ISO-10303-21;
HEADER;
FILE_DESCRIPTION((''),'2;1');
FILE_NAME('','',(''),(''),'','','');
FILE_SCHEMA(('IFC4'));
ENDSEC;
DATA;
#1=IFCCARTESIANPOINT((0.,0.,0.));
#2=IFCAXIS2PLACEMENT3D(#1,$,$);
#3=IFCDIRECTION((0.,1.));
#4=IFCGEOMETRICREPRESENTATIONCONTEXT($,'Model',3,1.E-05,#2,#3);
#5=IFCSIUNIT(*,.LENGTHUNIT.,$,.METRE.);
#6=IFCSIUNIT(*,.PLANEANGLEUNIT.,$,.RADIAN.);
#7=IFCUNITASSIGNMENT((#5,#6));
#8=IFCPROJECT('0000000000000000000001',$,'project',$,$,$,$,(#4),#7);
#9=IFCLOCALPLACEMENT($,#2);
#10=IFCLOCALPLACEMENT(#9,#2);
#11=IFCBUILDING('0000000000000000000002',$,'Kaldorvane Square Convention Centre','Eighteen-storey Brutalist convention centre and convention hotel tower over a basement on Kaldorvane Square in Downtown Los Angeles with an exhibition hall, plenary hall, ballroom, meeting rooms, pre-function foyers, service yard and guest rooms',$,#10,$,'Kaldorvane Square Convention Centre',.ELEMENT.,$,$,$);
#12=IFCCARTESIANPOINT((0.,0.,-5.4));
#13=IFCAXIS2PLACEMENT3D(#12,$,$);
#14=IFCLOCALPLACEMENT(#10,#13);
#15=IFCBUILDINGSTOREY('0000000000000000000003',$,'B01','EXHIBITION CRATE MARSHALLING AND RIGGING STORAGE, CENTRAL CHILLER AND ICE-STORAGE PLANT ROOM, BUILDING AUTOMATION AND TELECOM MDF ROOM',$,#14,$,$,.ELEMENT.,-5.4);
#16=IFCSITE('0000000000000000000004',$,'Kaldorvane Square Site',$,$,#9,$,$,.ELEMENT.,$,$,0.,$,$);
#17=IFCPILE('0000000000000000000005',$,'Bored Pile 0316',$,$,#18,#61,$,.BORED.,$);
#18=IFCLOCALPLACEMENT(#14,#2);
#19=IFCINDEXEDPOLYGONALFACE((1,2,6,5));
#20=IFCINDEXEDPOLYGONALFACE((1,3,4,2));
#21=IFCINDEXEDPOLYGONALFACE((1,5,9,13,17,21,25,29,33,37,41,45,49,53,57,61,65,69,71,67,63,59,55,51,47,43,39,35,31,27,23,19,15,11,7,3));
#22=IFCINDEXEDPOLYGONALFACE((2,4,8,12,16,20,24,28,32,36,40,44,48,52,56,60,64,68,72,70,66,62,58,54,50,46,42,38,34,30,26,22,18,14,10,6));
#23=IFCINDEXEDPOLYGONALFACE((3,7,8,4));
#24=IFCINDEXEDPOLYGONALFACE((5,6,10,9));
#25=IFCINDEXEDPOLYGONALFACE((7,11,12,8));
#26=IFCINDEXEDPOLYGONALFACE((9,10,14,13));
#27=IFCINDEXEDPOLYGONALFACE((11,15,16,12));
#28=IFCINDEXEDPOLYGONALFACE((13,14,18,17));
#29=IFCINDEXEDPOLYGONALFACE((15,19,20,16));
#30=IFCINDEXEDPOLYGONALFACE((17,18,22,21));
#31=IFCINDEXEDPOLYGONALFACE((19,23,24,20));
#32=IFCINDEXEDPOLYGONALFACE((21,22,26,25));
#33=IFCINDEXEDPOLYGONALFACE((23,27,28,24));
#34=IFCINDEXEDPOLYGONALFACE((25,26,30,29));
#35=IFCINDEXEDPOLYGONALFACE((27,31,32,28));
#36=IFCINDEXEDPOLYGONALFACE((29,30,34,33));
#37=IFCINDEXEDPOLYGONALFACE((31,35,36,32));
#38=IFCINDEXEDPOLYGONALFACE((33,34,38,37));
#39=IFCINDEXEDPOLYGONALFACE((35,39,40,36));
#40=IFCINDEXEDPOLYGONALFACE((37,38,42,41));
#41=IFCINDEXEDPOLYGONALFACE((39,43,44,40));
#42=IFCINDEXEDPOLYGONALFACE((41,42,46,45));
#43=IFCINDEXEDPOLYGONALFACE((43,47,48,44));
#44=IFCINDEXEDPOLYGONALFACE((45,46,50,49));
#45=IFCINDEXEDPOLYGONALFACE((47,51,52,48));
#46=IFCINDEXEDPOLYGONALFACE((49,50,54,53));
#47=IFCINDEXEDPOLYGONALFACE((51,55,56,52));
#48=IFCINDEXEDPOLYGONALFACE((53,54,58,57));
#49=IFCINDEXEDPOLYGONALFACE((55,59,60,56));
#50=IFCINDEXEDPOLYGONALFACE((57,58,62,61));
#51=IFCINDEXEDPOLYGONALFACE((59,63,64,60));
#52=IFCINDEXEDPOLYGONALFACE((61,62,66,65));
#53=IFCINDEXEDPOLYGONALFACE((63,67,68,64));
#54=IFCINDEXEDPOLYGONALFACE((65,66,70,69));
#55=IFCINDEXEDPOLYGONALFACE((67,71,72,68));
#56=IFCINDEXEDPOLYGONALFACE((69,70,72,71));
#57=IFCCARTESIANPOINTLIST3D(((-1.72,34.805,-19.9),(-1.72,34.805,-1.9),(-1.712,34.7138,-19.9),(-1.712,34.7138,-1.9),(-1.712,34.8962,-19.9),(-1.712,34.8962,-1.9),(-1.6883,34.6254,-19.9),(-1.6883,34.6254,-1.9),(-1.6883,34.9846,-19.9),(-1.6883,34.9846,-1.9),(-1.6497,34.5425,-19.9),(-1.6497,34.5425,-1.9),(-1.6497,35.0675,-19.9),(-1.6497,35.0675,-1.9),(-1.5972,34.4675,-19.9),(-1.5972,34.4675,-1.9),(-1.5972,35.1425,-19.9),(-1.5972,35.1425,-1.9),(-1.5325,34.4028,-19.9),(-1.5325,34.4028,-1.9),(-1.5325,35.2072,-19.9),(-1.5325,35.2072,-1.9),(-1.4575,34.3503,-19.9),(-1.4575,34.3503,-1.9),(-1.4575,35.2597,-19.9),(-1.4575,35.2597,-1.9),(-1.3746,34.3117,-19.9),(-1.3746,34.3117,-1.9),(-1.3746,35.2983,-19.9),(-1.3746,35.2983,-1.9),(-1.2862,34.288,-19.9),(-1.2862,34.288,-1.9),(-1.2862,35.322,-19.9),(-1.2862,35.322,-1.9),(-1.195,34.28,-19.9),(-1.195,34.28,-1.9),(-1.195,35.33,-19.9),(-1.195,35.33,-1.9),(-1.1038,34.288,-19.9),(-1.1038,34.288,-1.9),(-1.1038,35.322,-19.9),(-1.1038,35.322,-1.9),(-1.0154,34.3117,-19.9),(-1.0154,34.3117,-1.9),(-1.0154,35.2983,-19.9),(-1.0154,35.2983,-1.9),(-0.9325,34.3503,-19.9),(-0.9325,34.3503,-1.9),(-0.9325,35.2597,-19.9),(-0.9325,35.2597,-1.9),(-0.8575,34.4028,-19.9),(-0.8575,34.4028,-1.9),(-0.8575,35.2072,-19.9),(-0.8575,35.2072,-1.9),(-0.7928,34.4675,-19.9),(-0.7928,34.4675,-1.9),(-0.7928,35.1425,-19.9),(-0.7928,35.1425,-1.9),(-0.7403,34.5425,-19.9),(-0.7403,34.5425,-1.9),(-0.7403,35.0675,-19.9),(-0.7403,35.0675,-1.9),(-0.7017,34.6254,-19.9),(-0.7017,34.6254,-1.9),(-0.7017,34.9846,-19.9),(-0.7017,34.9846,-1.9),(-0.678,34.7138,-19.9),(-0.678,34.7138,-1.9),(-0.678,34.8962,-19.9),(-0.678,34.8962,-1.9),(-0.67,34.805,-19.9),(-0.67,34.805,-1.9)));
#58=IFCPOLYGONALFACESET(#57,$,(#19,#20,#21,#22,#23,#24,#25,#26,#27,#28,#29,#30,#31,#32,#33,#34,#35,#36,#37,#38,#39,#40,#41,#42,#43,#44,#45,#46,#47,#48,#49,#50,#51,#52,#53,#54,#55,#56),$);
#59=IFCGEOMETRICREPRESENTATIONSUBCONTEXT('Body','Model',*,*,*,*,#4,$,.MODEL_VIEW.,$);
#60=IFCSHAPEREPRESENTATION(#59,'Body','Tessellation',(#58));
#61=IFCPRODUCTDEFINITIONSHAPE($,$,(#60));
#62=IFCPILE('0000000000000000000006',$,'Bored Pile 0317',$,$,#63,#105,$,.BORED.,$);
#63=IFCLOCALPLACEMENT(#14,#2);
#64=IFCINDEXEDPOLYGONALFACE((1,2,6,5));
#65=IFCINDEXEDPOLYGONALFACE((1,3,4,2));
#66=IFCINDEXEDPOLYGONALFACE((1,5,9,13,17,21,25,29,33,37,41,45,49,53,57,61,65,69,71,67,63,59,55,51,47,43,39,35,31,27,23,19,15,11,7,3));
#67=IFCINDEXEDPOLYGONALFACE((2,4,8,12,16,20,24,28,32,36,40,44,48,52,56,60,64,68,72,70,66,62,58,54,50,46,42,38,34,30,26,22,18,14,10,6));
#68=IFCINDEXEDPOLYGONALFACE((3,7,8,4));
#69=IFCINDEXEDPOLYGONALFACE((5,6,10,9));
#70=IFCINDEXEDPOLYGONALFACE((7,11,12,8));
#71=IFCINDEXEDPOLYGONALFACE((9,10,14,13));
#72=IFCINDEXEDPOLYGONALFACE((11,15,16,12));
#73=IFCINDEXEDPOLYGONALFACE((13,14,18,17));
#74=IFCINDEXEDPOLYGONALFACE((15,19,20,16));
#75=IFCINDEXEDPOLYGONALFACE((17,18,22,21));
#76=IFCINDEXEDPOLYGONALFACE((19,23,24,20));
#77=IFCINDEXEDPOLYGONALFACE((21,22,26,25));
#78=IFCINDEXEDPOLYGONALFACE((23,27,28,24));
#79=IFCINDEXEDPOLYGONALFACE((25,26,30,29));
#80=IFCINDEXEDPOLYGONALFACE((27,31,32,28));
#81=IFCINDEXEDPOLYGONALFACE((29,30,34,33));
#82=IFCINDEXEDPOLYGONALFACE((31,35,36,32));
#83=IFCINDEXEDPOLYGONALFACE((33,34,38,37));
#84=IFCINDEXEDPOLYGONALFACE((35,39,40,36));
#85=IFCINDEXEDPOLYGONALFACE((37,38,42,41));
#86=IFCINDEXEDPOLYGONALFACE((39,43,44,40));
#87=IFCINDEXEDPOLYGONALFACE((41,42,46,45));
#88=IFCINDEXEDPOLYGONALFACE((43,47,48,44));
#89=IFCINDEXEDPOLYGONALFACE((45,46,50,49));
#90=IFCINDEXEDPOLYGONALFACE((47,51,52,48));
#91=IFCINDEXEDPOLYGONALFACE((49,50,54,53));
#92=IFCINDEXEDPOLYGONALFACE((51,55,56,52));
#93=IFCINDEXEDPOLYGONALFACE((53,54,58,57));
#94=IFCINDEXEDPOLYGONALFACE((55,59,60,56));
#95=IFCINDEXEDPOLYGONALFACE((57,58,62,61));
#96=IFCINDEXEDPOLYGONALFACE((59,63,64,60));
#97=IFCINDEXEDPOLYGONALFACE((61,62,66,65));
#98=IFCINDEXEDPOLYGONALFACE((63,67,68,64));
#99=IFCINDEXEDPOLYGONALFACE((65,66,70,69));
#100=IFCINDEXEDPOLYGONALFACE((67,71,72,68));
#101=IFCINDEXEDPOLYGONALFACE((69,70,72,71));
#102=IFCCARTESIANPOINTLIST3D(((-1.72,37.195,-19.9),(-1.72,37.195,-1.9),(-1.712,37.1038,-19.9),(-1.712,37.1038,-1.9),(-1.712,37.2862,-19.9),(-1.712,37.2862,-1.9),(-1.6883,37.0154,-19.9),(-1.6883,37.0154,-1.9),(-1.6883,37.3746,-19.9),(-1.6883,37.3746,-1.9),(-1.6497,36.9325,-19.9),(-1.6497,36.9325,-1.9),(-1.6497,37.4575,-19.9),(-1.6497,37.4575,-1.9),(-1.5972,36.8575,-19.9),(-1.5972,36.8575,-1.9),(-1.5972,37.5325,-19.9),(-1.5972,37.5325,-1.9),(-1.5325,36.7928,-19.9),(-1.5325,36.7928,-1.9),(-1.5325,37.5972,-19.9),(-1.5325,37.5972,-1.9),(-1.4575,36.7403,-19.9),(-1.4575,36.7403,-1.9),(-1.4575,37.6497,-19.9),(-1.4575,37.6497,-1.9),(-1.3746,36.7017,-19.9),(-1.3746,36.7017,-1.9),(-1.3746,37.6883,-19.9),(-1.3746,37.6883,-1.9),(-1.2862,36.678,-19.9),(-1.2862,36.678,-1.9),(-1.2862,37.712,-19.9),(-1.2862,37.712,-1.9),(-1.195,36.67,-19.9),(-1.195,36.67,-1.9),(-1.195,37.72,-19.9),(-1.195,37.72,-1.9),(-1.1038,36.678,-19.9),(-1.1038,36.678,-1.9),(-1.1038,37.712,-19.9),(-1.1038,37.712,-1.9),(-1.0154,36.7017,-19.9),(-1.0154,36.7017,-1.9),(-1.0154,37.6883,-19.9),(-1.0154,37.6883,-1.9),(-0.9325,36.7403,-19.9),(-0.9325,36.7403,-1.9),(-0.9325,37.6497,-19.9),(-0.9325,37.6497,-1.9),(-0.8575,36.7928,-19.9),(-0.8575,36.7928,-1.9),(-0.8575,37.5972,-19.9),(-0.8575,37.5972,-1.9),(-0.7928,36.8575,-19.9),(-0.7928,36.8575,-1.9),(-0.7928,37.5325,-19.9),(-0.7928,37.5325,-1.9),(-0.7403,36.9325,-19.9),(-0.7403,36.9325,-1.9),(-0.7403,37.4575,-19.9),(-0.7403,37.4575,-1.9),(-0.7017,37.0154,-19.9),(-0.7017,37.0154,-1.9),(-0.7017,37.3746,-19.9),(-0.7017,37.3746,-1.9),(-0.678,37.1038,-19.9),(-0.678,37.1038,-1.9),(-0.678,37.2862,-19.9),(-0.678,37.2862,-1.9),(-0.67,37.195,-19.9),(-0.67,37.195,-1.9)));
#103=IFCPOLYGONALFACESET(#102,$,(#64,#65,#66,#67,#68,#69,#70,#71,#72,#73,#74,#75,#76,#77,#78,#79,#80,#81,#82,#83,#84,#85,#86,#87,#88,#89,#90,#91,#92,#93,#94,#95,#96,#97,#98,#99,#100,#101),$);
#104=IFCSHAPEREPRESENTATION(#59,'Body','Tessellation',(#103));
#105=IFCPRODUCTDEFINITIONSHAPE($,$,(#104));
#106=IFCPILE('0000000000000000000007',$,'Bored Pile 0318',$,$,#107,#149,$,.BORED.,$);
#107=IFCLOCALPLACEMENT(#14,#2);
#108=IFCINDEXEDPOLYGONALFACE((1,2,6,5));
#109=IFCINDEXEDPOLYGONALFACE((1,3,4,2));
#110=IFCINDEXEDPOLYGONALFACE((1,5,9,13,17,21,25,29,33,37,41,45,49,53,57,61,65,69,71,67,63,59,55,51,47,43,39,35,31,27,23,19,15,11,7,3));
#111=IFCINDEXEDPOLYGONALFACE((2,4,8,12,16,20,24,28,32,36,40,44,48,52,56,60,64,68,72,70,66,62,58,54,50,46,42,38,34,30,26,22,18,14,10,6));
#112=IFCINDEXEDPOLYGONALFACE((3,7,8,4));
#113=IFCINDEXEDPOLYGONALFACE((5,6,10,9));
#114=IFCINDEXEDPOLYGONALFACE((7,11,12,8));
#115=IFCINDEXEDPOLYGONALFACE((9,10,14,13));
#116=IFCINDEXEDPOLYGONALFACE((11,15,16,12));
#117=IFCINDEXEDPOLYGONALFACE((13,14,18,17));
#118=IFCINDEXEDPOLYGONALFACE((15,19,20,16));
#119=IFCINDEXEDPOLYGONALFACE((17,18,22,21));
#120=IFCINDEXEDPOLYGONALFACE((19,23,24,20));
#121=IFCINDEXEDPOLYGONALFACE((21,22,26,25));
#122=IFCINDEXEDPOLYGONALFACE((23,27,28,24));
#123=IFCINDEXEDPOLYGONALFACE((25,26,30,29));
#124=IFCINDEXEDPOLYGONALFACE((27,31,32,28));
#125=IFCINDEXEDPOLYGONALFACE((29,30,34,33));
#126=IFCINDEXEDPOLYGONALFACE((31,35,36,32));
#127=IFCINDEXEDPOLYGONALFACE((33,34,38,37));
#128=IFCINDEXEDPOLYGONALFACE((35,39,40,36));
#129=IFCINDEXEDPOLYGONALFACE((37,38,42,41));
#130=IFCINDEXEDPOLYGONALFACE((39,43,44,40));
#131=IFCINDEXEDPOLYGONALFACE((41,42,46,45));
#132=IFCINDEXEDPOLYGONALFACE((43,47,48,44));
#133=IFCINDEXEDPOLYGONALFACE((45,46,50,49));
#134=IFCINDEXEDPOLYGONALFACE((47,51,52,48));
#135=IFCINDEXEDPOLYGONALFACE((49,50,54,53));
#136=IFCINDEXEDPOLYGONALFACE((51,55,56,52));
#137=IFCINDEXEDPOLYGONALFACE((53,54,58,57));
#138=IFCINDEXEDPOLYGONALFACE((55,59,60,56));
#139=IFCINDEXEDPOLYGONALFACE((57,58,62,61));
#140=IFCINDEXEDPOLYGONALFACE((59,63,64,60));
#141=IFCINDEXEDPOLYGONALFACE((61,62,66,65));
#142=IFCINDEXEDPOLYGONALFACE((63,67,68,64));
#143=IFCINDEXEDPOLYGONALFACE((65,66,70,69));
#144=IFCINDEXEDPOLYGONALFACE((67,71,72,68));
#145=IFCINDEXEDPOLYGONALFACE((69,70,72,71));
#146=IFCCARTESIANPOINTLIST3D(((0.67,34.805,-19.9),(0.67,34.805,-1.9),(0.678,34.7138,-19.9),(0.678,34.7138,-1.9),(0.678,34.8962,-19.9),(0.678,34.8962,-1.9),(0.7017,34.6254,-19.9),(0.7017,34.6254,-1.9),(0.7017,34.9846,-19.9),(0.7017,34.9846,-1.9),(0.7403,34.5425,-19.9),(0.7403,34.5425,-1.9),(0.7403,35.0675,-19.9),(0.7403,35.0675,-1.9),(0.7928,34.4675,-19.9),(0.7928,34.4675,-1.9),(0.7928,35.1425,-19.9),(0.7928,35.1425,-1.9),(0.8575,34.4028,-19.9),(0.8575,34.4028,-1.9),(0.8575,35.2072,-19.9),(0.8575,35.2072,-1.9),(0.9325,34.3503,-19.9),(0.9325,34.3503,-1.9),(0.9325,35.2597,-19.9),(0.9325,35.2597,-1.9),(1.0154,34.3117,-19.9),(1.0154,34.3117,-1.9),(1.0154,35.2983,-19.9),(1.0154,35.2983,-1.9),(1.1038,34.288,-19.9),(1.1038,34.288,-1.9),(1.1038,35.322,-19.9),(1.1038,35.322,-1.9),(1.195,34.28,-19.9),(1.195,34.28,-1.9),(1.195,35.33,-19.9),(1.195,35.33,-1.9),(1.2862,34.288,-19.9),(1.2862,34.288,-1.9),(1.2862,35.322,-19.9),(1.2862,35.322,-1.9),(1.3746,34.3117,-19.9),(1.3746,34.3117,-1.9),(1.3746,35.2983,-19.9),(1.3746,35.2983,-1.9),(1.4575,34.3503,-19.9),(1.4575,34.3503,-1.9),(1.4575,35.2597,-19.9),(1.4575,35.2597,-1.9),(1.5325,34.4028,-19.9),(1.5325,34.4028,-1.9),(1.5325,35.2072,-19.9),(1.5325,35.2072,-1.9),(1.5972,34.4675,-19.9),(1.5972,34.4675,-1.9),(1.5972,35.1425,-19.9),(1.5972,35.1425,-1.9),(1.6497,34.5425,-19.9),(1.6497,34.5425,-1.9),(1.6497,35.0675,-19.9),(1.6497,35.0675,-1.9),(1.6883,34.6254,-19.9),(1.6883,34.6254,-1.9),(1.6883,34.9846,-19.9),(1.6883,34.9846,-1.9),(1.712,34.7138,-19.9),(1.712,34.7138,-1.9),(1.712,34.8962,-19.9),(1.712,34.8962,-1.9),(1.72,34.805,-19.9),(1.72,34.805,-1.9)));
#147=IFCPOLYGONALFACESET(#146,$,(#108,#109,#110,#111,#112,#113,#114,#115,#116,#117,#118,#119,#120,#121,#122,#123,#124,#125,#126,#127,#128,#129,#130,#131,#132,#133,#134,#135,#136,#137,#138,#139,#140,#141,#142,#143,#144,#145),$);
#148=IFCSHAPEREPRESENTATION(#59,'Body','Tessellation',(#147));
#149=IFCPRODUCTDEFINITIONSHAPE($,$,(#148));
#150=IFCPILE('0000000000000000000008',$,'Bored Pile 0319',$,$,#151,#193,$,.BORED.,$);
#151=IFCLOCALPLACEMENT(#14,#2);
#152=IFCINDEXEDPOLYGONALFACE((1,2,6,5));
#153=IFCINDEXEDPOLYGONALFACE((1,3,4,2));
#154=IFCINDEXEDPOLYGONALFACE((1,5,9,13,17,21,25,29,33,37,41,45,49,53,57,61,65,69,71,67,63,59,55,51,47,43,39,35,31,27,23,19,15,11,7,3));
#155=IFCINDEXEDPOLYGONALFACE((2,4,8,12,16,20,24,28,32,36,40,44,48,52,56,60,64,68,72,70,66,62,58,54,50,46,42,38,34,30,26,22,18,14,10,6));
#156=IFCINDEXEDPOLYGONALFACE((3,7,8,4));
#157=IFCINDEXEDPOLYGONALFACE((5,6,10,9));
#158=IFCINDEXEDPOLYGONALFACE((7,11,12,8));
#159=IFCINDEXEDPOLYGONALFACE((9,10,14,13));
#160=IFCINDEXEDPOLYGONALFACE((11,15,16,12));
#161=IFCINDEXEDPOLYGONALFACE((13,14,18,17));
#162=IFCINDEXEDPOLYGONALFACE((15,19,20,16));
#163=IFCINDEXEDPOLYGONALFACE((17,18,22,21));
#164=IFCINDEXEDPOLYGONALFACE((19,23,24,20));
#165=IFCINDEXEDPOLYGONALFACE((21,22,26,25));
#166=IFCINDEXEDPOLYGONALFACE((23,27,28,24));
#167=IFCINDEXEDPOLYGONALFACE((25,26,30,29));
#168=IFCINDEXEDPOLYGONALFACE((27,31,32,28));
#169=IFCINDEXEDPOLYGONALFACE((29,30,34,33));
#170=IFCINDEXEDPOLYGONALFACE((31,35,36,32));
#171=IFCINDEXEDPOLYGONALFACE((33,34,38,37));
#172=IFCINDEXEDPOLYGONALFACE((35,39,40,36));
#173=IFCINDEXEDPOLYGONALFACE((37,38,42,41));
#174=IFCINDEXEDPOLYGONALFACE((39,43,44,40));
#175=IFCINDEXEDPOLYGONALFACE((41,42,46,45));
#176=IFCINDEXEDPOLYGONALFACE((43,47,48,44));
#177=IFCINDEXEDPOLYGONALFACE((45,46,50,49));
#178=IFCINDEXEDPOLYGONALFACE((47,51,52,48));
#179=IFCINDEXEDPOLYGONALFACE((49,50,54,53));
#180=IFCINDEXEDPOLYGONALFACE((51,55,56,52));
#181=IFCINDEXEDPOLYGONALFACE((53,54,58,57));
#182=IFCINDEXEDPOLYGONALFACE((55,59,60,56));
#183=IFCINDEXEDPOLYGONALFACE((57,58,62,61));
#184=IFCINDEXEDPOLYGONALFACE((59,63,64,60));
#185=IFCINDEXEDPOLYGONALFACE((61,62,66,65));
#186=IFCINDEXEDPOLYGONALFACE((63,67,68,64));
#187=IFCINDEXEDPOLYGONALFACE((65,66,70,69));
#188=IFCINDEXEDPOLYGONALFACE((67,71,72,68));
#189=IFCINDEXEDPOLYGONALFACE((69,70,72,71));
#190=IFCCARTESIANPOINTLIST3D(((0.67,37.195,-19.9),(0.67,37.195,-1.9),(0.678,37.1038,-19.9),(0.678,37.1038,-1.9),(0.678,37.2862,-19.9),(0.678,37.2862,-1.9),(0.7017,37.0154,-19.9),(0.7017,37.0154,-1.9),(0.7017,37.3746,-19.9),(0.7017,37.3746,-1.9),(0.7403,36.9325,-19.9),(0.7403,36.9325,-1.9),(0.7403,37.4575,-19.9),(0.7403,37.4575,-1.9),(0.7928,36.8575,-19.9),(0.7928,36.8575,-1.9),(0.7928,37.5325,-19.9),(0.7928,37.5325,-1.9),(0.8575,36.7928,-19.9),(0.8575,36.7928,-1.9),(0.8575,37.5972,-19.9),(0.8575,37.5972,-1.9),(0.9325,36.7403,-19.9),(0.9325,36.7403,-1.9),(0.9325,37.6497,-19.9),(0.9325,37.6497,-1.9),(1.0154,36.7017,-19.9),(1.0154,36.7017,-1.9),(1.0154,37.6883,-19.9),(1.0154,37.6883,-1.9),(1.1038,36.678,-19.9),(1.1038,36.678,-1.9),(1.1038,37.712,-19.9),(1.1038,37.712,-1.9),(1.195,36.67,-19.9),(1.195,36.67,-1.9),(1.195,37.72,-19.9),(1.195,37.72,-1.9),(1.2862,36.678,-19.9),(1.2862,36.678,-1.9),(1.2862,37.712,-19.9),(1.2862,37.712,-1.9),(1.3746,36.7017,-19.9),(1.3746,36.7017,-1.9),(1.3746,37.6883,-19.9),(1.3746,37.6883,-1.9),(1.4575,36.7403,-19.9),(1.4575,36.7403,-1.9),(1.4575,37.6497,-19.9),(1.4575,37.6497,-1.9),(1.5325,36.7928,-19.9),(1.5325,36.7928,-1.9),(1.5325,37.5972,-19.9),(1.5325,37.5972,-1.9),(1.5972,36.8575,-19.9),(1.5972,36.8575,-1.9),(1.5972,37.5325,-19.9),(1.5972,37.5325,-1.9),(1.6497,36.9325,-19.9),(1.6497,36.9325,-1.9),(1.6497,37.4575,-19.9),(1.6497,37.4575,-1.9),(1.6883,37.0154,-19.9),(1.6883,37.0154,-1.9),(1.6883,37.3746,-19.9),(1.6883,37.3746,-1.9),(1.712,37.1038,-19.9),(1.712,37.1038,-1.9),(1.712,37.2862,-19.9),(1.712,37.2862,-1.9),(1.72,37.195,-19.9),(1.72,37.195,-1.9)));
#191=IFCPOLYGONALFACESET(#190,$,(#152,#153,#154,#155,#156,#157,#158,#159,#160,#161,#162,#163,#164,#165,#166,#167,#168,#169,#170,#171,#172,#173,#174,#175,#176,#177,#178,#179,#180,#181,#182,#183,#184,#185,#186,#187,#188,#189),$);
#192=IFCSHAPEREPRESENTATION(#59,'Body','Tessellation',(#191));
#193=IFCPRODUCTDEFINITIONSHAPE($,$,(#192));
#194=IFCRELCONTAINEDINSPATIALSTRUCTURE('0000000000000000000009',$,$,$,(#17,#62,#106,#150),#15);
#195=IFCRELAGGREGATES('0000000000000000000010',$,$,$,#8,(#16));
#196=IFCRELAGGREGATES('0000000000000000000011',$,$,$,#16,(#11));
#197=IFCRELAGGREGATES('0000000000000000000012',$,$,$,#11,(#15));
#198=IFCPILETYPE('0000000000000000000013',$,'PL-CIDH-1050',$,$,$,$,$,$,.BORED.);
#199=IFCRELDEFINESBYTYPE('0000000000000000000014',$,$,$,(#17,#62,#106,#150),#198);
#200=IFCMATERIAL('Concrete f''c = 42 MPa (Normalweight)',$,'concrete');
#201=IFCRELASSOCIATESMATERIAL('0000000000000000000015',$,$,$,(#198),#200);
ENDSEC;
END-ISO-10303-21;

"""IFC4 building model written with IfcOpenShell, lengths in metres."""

from ifc_helpers import new_model, si_unit, direction, frame, origin, origin_2d, place, context, subcontext, project, spatial, circle, extrude, material, material_profile, profile_set, type_object, element, save


model = new_model("IFC4")

# Units and contexts
model_context = context("Model", 3, precision=1e-05, world=origin(), true_north=direction((0.0, 1.0)))
body_context = subcontext(model_context, "Body", "Model", "MODEL_VIEW")
ifc_project = project(units=[si_unit("LENGTHUNIT", "METRE"), si_unit("PLANEANGLEUNIT", "RADIAN")], contexts=[model_context])

# Site, building, storey
site_placement = place(None, origin())
site = spatial("IfcSite", under=ifc_project, at=site_placement, Name="Kaldorvane Square Site", CompositionType="ELEMENT", RefElevation=0.0)
building_placement = place(site_placement, origin())
building = spatial("IfcBuilding", under=site, at=building_placement, Name="Kaldorvane Square Convention Centre", Description="Eighteen-storey Brutalist convention centre and convention hotel tower over a basement on Kaldorvane Square in Downtown Los Angeles with an exhibition hall, plenary hall, ballroom, meeting rooms, pre-function foyers, service yard and guest rooms", LongName="Kaldorvane Square Convention Centre", CompositionType="ELEMENT")
storey_placement = place(building_placement, frame((0.0, 0.0, -5.4)))
storey = spatial("IfcBuildingStorey", under=building, at=storey_placement, Name="B01", Description="EXHIBITION CRATE MARSHALLING AND RIGGING STORAGE, CENTRAL CHILLER AND ICE-STORAGE PLANT ROOM, BUILDING AUTOMATION AND TELECOM MDF ROOM", CompositionType="ELEMENT", Elevation=-5.4)

# Shared definitions
ifc_material_1 = material(Name="Concrete f'c = 42 MPa (Normalweight)", Category="concrete")

# Piles
ifc_material_profile_1 = material_profile(ifc_material_1, circle(Radius=0.525, at=origin_2d()), Name="PILE-D1050")
ifc_profile_set_1 = profile_set([ifc_material_profile_1], Name="Concrete f'c = 42 MPa (Normalweight)")
pile_type_1 = type_object("IfcPileType", Name="PL-CIDH-1050", PredefinedType="BORED", material=ifc_profile_set_1)
for number, where, z_axis, x_axis, name in (
    (1, (-1.195, 34.805, -1.9), (0.0, 0.0, -1.0), (1.0, 0.0, 0.0), "Bored Pile 0316"),
    (2, (-1.195, 37.195, -1.9), (0.0, 0.0, -1.0), (1.0, 0.0, 0.0), "Bored Pile 0317"),
    (3, (1.195, 34.805, -1.9), (0.0, 0.0, -1.0), (1.0, 0.0, 0.0), "Bored Pile 0318"),
    (4, (1.195, 37.195, -1.9), (0.0, 0.0, -1.0), (1.0, 0.0, 0.0), "Bored Pile 0319"),
):
    element("IfcPile", number, at=place(storey_placement, frame(where, z_axis=z_axis, x_axis=x_axis)), inside=storey, type_object=pile_type_1, Name=name, PredefinedType="BORED", context=body_context, shape_type="SweptSolid", body=[
        extrude(circle(Radius=0.525, at=origin_2d()), origin(), (0.0, 0.0, 1.0), 18.0),
    ])

save(model, "model.ifc")
